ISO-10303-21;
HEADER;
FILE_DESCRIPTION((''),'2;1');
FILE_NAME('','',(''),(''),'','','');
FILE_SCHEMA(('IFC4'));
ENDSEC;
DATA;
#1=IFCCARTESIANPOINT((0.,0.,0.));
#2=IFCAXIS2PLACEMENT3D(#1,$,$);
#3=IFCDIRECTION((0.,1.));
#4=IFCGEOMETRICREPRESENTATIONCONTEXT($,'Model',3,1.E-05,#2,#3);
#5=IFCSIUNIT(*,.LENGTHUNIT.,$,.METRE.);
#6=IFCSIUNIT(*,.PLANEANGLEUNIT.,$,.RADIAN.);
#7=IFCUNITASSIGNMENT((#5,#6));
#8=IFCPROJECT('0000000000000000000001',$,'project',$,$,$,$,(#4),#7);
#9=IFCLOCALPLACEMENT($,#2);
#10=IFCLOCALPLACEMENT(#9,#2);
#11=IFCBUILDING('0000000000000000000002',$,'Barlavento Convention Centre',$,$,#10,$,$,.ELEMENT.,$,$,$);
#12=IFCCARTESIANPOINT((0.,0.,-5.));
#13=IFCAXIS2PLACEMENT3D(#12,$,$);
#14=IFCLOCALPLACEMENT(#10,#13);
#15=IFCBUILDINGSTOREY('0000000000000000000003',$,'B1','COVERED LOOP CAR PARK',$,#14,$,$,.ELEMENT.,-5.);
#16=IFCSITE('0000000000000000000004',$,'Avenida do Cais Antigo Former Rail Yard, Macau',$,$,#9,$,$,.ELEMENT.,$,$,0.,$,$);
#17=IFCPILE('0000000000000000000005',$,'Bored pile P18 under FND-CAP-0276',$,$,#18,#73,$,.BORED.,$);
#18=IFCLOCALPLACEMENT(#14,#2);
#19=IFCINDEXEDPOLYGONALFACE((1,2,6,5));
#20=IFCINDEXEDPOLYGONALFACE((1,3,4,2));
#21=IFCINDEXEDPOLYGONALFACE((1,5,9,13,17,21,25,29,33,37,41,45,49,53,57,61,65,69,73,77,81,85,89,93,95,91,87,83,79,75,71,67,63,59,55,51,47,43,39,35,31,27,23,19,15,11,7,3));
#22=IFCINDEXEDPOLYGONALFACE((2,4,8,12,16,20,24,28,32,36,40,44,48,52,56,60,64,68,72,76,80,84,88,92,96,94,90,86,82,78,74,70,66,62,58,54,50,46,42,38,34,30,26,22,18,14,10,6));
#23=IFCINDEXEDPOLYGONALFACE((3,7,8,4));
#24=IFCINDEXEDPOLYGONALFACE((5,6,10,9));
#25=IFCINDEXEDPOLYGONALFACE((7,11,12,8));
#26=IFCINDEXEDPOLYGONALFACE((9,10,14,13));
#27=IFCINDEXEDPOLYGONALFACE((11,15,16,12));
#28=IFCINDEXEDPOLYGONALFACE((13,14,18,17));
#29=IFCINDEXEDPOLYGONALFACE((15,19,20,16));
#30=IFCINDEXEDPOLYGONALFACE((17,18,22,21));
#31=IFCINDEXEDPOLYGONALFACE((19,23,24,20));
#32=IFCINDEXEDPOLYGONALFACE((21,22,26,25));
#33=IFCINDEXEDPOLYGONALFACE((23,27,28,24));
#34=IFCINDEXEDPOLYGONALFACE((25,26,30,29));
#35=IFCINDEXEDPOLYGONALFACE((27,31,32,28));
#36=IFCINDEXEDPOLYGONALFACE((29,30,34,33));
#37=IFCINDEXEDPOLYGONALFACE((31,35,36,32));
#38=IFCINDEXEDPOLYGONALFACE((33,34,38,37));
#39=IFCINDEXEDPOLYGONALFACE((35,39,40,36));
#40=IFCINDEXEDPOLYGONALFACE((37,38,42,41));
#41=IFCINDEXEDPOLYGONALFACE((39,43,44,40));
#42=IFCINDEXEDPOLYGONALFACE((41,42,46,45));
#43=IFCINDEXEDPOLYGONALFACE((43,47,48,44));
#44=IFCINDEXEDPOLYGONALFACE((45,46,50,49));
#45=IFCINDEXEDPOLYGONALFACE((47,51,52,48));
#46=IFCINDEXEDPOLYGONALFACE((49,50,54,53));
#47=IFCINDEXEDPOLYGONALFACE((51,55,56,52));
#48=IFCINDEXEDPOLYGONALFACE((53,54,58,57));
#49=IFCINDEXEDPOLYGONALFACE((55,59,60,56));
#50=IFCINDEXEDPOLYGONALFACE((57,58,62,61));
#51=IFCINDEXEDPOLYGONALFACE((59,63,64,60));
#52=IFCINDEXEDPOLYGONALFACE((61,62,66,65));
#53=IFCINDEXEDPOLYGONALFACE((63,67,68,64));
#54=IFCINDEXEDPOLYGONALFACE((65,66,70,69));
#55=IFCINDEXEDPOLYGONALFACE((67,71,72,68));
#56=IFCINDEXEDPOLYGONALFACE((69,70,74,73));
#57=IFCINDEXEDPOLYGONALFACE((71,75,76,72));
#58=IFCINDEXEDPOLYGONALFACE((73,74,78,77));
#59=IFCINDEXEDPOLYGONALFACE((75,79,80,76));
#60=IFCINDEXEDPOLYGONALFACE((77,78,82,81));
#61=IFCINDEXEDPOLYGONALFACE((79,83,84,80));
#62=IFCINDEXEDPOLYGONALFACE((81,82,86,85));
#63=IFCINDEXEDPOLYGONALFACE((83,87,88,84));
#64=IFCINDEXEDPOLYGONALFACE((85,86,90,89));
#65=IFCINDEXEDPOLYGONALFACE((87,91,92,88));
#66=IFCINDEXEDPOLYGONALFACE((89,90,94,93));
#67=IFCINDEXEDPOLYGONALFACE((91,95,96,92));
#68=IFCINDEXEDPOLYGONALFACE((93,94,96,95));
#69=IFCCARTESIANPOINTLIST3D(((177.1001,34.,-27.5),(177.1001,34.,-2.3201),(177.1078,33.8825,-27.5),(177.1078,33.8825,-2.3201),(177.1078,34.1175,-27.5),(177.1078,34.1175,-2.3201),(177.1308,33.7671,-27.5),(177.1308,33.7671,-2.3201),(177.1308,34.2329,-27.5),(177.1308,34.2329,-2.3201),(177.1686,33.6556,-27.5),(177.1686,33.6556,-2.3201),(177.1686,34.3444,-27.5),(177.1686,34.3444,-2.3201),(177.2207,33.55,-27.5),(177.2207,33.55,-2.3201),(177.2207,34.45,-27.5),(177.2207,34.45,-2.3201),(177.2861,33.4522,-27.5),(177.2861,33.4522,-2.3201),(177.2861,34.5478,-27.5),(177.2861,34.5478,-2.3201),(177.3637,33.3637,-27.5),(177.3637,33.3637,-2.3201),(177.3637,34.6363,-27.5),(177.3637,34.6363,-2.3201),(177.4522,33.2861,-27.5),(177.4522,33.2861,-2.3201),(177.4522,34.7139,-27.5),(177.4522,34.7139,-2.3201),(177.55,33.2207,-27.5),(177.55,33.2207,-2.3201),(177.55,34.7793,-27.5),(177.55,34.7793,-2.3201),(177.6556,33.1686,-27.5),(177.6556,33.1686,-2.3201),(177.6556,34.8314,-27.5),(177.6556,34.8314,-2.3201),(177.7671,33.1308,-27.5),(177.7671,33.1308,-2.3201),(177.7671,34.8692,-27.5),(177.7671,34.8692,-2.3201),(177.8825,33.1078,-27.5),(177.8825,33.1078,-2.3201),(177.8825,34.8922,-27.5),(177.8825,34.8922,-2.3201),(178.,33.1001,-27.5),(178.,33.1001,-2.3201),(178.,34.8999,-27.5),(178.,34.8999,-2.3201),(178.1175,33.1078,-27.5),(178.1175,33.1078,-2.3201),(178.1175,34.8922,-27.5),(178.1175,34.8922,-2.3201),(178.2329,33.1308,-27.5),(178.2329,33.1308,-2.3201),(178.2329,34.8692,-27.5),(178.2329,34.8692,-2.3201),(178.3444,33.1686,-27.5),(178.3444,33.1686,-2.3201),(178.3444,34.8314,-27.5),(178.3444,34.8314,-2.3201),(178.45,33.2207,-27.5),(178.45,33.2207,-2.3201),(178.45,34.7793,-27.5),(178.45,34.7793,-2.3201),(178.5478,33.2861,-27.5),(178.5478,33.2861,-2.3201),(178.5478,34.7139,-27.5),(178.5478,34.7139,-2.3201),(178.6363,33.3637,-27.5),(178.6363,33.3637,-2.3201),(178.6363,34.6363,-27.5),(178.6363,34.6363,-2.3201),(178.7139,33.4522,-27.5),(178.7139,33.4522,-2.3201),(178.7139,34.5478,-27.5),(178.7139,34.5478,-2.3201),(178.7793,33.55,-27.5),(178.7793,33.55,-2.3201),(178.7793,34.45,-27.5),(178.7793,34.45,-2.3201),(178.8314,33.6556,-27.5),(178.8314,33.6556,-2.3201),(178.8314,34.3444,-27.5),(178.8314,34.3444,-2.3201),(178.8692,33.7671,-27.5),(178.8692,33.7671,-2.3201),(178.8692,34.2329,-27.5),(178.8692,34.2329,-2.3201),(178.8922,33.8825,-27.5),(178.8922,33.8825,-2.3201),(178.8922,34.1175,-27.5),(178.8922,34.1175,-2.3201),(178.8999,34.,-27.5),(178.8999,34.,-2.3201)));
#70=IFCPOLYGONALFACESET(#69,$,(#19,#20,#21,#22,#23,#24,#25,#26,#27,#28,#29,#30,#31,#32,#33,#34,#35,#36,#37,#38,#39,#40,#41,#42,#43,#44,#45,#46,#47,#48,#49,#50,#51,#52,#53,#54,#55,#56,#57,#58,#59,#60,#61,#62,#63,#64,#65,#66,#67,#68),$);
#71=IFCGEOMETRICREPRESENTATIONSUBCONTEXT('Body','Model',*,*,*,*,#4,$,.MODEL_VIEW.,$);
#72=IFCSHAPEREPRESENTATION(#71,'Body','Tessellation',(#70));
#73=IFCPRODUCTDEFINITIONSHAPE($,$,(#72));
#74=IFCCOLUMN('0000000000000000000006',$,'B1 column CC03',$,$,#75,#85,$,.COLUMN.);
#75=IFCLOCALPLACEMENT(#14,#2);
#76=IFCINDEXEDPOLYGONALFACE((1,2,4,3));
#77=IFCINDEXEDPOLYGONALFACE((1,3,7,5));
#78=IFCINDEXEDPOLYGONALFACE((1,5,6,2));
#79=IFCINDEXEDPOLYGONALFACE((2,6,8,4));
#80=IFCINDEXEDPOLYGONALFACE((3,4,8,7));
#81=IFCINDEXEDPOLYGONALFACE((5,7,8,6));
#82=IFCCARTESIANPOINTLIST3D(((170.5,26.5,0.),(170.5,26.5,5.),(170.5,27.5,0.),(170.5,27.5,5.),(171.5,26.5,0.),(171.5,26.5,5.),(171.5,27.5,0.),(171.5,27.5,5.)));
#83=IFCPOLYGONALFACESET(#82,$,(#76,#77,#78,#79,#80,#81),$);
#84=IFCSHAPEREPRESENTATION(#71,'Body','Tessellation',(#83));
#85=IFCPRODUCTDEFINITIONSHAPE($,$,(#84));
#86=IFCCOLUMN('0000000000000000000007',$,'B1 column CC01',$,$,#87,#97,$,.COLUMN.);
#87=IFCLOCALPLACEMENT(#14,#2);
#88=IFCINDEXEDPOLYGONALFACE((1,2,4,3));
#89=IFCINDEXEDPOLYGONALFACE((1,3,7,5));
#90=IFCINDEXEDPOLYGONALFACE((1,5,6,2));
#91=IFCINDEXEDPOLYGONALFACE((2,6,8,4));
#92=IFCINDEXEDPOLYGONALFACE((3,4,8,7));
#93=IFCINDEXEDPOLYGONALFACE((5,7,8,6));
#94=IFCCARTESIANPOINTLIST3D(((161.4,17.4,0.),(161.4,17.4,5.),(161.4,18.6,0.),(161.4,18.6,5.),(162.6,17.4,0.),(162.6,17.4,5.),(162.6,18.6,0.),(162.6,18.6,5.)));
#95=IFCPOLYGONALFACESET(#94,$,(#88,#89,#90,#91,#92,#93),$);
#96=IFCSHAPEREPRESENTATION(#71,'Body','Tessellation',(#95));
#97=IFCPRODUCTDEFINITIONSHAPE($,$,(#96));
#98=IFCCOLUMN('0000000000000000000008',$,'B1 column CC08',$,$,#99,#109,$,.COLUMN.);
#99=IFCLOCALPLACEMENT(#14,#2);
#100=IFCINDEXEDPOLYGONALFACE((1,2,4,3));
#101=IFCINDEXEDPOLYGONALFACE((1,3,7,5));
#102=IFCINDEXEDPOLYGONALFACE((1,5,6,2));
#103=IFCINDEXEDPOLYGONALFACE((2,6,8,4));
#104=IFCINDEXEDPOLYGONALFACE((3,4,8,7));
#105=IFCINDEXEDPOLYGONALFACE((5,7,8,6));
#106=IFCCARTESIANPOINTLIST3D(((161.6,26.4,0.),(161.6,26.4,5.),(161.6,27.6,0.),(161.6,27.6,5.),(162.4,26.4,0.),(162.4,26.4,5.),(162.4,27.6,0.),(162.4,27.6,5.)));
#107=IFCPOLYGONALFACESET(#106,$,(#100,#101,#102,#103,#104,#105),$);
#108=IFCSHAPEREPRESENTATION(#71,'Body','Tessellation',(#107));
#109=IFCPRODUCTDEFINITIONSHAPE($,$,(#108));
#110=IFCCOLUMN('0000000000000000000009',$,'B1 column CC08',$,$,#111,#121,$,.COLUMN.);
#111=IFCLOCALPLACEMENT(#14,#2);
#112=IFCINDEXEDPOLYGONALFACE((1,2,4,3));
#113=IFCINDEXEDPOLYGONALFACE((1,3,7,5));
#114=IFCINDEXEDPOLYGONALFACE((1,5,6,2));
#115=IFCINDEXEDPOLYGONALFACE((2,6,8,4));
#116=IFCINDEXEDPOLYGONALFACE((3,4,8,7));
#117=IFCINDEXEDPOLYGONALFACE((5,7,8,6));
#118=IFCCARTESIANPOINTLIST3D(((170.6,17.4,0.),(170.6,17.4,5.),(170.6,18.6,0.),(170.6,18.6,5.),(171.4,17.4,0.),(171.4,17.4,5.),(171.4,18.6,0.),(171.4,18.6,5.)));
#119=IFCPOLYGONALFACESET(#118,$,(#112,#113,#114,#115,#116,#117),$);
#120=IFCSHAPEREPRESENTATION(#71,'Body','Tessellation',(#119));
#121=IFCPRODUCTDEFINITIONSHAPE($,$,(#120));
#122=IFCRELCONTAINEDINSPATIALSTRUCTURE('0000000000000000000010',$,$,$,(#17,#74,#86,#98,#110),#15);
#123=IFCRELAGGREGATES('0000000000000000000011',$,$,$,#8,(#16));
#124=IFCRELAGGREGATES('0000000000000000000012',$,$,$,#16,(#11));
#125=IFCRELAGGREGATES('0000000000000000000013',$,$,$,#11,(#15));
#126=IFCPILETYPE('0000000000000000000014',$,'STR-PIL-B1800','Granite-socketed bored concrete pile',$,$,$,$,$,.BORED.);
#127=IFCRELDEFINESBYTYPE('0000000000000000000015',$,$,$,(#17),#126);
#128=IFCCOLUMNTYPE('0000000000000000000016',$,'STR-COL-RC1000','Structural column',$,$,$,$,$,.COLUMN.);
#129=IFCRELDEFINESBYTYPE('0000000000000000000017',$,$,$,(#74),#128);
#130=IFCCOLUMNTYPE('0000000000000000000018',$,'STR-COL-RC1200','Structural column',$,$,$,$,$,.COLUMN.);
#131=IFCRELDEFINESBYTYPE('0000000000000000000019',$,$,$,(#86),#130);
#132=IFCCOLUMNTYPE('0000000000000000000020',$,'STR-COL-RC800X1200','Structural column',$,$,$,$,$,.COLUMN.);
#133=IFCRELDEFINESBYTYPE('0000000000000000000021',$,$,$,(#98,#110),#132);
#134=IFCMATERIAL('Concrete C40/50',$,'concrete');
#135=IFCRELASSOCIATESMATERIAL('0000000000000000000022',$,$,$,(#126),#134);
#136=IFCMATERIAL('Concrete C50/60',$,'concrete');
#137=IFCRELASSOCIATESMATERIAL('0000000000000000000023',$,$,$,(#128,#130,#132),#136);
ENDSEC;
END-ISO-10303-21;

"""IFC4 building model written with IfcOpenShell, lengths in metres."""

from ifc_helpers import new_model, si_unit, direction, frame, origin, origin_2d, place, context, subcontext, project, spatial, rectangle, circle, extrude, material, material_profile, profile_set, type_object, element, save


model = new_model("IFC4")

# Units and contexts
model_context = context("Model", 3, precision=1e-05, world=origin(), true_north=direction((0.0, 1.0)))
body_context = subcontext(model_context, "Body", "Model", "MODEL_VIEW")
ifc_project = project(units=[si_unit("LENGTHUNIT", "METRE"), si_unit("PLANEANGLEUNIT", "RADIAN")], contexts=[model_context])

# Site, building, storey
site_placement = place(None, origin())
site = spatial("IfcSite", under=ifc_project, at=site_placement, Name="Avenida do Cais Antigo Former Rail Yard, Macau", CompositionType="ELEMENT", RefElevation=0.0)
building_placement = place(site_placement, origin())
building = spatial("IfcBuilding", under=site, at=building_placement, Name="Barlavento Convention Centre", CompositionType="ELEMENT")
storey_placement = place(building_placement, frame((0.0, 0.0, -5.0)))
storey = spatial("IfcBuildingStorey", under=building, at=storey_placement, Name="B1", Description="COVERED LOOP CAR PARK", CompositionType="ELEMENT", Elevation=-5.0)

# Shared definitions
ifc_material_1 = material(Name="Concrete C40/50", Category="concrete")

# Pile
ifc_material_profile_1 = material_profile(ifc_material_1, circle(Radius=0.8999, at=origin_2d()), Name="BORED PILE 1800")
ifc_profile_set_1 = profile_set([ifc_material_profile_1], Name="Concrete C40/50")
pile_type_1 = type_object("IfcPileType", Name="STR-PIL-B1800", Description="Granite-socketed bored concrete pile", PredefinedType="BORED", material=ifc_profile_set_1)
for number, where, z_axis, x_axis, name in (
    (1, (178.0, 34.0, -2.3201), (0.0, 0.0, -1.0), (1.0, 0.0, 0.0), "Bored pile P18 under FND-CAP-0276"),
):
    element("IfcPile", number, at=place(storey_placement, frame(where, z_axis=z_axis, x_axis=x_axis)), inside=storey, type_object=pile_type_1, Name=name, PredefinedType="BORED", context=body_context, shape_type="SweptSolid", body=[
        extrude(circle(Radius=0.8999, at=origin_2d()), origin(), (0.0, 0.0, 1.0), 25.1799),
    ])

# Columns
ifc_material_2 = material(Name="Concrete C50/60", Category="concrete")
ifc_material_profile_2 = material_profile(ifc_material_2, rectangle(XDim=1.0, YDim=1.0, at=origin_2d()), Name="RC 1000x1000")
ifc_profile_set_2 = profile_set([ifc_material_profile_2], Name="Concrete C50/60")
column_type_1 = type_object("IfcColumnType", Name="STR-COL-RC1000", Description="Structural column", PredefinedType="COLUMN", material=ifc_profile_set_2)
column_1_placement = place(storey_placement, frame((171.0, 27.0, 0.0), z_axis=(0.0, 0.0, 1.0), x_axis=(1.0, 0.0, 0.0)))
element("IfcColumn", 2, at=column_1_placement, inside=storey, type_object=column_type_1, Name="B1 column CC03", PredefinedType="COLUMN", context=body_context, shape_type="SweptSolid", body=[
    extrude(rectangle(XDim=1.0, YDim=1.0, at=origin_2d()), origin(), (0.0, 0.0, 1.0), 5.0),
])
ifc_material_profile_3 = material_profile(ifc_material_2, rectangle(XDim=1.2, YDim=1.2, at=origin_2d()), Name="RC 1200x1200")
ifc_profile_set_3 = profile_set([ifc_material_profile_3], Name="Concrete C50/60")
column_type_2 = type_object("IfcColumnType", Name="STR-COL-RC1200", Description="Structural column", PredefinedType="COLUMN", material=ifc_profile_set_3)
column_2_placement = place(storey_placement, frame((162.0, 18.0, 0.0), z_axis=(0.0, 0.0, 1.0), x_axis=(1.0, 0.0, 0.0)))
element("IfcColumn", 3, at=column_2_placement, inside=storey, type_object=column_type_2, Name="B1 column CC01", PredefinedType="COLUMN", context=body_context, shape_type="SweptSolid", body=[
    extrude(rectangle(XDim=1.2, YDim=1.2, at=origin_2d()), origin(), (0.0, 0.0, 1.0), 5.0),
])
ifc_material_profile_4 = material_profile(ifc_material_2, rectangle(XDim=0.8, YDim=1.2, at=origin_2d()), Name="RC 800x1200")
ifc_profile_set_4 = profile_set([ifc_material_profile_4], Name="Concrete C50/60")
column_type_3 = type_object("IfcColumnType", Name="STR-COL-RC800X1200", Description="Structural column", PredefinedType="COLUMN", material=ifc_profile_set_4)
for number, where, z_axis, x_axis, name in (
    (4, (162.0, 27.0, 0.0), (0.0, 0.0, 1.0), (1.0, 0.0, 0.0), "B1 column CC08"),
    (5, (171.0, 18.0, 0.0), (0.0, 0.0, 1.0), (1.0, 0.0, 0.0), "B1 column CC08"),
):
    element("IfcColumn", number, at=place(storey_placement, frame(where, z_axis=z_axis, x_axis=x_axis)), inside=storey, type_object=column_type_3, Name=name, PredefinedType="COLUMN", context=body_context, shape_type="SweptSolid", body=[
        extrude(rectangle(XDim=0.8, YDim=1.2, at=origin_2d()), origin(), (0.0, 0.0, 1.0), 5.0),
    ])

save(model, "model.ifc")
